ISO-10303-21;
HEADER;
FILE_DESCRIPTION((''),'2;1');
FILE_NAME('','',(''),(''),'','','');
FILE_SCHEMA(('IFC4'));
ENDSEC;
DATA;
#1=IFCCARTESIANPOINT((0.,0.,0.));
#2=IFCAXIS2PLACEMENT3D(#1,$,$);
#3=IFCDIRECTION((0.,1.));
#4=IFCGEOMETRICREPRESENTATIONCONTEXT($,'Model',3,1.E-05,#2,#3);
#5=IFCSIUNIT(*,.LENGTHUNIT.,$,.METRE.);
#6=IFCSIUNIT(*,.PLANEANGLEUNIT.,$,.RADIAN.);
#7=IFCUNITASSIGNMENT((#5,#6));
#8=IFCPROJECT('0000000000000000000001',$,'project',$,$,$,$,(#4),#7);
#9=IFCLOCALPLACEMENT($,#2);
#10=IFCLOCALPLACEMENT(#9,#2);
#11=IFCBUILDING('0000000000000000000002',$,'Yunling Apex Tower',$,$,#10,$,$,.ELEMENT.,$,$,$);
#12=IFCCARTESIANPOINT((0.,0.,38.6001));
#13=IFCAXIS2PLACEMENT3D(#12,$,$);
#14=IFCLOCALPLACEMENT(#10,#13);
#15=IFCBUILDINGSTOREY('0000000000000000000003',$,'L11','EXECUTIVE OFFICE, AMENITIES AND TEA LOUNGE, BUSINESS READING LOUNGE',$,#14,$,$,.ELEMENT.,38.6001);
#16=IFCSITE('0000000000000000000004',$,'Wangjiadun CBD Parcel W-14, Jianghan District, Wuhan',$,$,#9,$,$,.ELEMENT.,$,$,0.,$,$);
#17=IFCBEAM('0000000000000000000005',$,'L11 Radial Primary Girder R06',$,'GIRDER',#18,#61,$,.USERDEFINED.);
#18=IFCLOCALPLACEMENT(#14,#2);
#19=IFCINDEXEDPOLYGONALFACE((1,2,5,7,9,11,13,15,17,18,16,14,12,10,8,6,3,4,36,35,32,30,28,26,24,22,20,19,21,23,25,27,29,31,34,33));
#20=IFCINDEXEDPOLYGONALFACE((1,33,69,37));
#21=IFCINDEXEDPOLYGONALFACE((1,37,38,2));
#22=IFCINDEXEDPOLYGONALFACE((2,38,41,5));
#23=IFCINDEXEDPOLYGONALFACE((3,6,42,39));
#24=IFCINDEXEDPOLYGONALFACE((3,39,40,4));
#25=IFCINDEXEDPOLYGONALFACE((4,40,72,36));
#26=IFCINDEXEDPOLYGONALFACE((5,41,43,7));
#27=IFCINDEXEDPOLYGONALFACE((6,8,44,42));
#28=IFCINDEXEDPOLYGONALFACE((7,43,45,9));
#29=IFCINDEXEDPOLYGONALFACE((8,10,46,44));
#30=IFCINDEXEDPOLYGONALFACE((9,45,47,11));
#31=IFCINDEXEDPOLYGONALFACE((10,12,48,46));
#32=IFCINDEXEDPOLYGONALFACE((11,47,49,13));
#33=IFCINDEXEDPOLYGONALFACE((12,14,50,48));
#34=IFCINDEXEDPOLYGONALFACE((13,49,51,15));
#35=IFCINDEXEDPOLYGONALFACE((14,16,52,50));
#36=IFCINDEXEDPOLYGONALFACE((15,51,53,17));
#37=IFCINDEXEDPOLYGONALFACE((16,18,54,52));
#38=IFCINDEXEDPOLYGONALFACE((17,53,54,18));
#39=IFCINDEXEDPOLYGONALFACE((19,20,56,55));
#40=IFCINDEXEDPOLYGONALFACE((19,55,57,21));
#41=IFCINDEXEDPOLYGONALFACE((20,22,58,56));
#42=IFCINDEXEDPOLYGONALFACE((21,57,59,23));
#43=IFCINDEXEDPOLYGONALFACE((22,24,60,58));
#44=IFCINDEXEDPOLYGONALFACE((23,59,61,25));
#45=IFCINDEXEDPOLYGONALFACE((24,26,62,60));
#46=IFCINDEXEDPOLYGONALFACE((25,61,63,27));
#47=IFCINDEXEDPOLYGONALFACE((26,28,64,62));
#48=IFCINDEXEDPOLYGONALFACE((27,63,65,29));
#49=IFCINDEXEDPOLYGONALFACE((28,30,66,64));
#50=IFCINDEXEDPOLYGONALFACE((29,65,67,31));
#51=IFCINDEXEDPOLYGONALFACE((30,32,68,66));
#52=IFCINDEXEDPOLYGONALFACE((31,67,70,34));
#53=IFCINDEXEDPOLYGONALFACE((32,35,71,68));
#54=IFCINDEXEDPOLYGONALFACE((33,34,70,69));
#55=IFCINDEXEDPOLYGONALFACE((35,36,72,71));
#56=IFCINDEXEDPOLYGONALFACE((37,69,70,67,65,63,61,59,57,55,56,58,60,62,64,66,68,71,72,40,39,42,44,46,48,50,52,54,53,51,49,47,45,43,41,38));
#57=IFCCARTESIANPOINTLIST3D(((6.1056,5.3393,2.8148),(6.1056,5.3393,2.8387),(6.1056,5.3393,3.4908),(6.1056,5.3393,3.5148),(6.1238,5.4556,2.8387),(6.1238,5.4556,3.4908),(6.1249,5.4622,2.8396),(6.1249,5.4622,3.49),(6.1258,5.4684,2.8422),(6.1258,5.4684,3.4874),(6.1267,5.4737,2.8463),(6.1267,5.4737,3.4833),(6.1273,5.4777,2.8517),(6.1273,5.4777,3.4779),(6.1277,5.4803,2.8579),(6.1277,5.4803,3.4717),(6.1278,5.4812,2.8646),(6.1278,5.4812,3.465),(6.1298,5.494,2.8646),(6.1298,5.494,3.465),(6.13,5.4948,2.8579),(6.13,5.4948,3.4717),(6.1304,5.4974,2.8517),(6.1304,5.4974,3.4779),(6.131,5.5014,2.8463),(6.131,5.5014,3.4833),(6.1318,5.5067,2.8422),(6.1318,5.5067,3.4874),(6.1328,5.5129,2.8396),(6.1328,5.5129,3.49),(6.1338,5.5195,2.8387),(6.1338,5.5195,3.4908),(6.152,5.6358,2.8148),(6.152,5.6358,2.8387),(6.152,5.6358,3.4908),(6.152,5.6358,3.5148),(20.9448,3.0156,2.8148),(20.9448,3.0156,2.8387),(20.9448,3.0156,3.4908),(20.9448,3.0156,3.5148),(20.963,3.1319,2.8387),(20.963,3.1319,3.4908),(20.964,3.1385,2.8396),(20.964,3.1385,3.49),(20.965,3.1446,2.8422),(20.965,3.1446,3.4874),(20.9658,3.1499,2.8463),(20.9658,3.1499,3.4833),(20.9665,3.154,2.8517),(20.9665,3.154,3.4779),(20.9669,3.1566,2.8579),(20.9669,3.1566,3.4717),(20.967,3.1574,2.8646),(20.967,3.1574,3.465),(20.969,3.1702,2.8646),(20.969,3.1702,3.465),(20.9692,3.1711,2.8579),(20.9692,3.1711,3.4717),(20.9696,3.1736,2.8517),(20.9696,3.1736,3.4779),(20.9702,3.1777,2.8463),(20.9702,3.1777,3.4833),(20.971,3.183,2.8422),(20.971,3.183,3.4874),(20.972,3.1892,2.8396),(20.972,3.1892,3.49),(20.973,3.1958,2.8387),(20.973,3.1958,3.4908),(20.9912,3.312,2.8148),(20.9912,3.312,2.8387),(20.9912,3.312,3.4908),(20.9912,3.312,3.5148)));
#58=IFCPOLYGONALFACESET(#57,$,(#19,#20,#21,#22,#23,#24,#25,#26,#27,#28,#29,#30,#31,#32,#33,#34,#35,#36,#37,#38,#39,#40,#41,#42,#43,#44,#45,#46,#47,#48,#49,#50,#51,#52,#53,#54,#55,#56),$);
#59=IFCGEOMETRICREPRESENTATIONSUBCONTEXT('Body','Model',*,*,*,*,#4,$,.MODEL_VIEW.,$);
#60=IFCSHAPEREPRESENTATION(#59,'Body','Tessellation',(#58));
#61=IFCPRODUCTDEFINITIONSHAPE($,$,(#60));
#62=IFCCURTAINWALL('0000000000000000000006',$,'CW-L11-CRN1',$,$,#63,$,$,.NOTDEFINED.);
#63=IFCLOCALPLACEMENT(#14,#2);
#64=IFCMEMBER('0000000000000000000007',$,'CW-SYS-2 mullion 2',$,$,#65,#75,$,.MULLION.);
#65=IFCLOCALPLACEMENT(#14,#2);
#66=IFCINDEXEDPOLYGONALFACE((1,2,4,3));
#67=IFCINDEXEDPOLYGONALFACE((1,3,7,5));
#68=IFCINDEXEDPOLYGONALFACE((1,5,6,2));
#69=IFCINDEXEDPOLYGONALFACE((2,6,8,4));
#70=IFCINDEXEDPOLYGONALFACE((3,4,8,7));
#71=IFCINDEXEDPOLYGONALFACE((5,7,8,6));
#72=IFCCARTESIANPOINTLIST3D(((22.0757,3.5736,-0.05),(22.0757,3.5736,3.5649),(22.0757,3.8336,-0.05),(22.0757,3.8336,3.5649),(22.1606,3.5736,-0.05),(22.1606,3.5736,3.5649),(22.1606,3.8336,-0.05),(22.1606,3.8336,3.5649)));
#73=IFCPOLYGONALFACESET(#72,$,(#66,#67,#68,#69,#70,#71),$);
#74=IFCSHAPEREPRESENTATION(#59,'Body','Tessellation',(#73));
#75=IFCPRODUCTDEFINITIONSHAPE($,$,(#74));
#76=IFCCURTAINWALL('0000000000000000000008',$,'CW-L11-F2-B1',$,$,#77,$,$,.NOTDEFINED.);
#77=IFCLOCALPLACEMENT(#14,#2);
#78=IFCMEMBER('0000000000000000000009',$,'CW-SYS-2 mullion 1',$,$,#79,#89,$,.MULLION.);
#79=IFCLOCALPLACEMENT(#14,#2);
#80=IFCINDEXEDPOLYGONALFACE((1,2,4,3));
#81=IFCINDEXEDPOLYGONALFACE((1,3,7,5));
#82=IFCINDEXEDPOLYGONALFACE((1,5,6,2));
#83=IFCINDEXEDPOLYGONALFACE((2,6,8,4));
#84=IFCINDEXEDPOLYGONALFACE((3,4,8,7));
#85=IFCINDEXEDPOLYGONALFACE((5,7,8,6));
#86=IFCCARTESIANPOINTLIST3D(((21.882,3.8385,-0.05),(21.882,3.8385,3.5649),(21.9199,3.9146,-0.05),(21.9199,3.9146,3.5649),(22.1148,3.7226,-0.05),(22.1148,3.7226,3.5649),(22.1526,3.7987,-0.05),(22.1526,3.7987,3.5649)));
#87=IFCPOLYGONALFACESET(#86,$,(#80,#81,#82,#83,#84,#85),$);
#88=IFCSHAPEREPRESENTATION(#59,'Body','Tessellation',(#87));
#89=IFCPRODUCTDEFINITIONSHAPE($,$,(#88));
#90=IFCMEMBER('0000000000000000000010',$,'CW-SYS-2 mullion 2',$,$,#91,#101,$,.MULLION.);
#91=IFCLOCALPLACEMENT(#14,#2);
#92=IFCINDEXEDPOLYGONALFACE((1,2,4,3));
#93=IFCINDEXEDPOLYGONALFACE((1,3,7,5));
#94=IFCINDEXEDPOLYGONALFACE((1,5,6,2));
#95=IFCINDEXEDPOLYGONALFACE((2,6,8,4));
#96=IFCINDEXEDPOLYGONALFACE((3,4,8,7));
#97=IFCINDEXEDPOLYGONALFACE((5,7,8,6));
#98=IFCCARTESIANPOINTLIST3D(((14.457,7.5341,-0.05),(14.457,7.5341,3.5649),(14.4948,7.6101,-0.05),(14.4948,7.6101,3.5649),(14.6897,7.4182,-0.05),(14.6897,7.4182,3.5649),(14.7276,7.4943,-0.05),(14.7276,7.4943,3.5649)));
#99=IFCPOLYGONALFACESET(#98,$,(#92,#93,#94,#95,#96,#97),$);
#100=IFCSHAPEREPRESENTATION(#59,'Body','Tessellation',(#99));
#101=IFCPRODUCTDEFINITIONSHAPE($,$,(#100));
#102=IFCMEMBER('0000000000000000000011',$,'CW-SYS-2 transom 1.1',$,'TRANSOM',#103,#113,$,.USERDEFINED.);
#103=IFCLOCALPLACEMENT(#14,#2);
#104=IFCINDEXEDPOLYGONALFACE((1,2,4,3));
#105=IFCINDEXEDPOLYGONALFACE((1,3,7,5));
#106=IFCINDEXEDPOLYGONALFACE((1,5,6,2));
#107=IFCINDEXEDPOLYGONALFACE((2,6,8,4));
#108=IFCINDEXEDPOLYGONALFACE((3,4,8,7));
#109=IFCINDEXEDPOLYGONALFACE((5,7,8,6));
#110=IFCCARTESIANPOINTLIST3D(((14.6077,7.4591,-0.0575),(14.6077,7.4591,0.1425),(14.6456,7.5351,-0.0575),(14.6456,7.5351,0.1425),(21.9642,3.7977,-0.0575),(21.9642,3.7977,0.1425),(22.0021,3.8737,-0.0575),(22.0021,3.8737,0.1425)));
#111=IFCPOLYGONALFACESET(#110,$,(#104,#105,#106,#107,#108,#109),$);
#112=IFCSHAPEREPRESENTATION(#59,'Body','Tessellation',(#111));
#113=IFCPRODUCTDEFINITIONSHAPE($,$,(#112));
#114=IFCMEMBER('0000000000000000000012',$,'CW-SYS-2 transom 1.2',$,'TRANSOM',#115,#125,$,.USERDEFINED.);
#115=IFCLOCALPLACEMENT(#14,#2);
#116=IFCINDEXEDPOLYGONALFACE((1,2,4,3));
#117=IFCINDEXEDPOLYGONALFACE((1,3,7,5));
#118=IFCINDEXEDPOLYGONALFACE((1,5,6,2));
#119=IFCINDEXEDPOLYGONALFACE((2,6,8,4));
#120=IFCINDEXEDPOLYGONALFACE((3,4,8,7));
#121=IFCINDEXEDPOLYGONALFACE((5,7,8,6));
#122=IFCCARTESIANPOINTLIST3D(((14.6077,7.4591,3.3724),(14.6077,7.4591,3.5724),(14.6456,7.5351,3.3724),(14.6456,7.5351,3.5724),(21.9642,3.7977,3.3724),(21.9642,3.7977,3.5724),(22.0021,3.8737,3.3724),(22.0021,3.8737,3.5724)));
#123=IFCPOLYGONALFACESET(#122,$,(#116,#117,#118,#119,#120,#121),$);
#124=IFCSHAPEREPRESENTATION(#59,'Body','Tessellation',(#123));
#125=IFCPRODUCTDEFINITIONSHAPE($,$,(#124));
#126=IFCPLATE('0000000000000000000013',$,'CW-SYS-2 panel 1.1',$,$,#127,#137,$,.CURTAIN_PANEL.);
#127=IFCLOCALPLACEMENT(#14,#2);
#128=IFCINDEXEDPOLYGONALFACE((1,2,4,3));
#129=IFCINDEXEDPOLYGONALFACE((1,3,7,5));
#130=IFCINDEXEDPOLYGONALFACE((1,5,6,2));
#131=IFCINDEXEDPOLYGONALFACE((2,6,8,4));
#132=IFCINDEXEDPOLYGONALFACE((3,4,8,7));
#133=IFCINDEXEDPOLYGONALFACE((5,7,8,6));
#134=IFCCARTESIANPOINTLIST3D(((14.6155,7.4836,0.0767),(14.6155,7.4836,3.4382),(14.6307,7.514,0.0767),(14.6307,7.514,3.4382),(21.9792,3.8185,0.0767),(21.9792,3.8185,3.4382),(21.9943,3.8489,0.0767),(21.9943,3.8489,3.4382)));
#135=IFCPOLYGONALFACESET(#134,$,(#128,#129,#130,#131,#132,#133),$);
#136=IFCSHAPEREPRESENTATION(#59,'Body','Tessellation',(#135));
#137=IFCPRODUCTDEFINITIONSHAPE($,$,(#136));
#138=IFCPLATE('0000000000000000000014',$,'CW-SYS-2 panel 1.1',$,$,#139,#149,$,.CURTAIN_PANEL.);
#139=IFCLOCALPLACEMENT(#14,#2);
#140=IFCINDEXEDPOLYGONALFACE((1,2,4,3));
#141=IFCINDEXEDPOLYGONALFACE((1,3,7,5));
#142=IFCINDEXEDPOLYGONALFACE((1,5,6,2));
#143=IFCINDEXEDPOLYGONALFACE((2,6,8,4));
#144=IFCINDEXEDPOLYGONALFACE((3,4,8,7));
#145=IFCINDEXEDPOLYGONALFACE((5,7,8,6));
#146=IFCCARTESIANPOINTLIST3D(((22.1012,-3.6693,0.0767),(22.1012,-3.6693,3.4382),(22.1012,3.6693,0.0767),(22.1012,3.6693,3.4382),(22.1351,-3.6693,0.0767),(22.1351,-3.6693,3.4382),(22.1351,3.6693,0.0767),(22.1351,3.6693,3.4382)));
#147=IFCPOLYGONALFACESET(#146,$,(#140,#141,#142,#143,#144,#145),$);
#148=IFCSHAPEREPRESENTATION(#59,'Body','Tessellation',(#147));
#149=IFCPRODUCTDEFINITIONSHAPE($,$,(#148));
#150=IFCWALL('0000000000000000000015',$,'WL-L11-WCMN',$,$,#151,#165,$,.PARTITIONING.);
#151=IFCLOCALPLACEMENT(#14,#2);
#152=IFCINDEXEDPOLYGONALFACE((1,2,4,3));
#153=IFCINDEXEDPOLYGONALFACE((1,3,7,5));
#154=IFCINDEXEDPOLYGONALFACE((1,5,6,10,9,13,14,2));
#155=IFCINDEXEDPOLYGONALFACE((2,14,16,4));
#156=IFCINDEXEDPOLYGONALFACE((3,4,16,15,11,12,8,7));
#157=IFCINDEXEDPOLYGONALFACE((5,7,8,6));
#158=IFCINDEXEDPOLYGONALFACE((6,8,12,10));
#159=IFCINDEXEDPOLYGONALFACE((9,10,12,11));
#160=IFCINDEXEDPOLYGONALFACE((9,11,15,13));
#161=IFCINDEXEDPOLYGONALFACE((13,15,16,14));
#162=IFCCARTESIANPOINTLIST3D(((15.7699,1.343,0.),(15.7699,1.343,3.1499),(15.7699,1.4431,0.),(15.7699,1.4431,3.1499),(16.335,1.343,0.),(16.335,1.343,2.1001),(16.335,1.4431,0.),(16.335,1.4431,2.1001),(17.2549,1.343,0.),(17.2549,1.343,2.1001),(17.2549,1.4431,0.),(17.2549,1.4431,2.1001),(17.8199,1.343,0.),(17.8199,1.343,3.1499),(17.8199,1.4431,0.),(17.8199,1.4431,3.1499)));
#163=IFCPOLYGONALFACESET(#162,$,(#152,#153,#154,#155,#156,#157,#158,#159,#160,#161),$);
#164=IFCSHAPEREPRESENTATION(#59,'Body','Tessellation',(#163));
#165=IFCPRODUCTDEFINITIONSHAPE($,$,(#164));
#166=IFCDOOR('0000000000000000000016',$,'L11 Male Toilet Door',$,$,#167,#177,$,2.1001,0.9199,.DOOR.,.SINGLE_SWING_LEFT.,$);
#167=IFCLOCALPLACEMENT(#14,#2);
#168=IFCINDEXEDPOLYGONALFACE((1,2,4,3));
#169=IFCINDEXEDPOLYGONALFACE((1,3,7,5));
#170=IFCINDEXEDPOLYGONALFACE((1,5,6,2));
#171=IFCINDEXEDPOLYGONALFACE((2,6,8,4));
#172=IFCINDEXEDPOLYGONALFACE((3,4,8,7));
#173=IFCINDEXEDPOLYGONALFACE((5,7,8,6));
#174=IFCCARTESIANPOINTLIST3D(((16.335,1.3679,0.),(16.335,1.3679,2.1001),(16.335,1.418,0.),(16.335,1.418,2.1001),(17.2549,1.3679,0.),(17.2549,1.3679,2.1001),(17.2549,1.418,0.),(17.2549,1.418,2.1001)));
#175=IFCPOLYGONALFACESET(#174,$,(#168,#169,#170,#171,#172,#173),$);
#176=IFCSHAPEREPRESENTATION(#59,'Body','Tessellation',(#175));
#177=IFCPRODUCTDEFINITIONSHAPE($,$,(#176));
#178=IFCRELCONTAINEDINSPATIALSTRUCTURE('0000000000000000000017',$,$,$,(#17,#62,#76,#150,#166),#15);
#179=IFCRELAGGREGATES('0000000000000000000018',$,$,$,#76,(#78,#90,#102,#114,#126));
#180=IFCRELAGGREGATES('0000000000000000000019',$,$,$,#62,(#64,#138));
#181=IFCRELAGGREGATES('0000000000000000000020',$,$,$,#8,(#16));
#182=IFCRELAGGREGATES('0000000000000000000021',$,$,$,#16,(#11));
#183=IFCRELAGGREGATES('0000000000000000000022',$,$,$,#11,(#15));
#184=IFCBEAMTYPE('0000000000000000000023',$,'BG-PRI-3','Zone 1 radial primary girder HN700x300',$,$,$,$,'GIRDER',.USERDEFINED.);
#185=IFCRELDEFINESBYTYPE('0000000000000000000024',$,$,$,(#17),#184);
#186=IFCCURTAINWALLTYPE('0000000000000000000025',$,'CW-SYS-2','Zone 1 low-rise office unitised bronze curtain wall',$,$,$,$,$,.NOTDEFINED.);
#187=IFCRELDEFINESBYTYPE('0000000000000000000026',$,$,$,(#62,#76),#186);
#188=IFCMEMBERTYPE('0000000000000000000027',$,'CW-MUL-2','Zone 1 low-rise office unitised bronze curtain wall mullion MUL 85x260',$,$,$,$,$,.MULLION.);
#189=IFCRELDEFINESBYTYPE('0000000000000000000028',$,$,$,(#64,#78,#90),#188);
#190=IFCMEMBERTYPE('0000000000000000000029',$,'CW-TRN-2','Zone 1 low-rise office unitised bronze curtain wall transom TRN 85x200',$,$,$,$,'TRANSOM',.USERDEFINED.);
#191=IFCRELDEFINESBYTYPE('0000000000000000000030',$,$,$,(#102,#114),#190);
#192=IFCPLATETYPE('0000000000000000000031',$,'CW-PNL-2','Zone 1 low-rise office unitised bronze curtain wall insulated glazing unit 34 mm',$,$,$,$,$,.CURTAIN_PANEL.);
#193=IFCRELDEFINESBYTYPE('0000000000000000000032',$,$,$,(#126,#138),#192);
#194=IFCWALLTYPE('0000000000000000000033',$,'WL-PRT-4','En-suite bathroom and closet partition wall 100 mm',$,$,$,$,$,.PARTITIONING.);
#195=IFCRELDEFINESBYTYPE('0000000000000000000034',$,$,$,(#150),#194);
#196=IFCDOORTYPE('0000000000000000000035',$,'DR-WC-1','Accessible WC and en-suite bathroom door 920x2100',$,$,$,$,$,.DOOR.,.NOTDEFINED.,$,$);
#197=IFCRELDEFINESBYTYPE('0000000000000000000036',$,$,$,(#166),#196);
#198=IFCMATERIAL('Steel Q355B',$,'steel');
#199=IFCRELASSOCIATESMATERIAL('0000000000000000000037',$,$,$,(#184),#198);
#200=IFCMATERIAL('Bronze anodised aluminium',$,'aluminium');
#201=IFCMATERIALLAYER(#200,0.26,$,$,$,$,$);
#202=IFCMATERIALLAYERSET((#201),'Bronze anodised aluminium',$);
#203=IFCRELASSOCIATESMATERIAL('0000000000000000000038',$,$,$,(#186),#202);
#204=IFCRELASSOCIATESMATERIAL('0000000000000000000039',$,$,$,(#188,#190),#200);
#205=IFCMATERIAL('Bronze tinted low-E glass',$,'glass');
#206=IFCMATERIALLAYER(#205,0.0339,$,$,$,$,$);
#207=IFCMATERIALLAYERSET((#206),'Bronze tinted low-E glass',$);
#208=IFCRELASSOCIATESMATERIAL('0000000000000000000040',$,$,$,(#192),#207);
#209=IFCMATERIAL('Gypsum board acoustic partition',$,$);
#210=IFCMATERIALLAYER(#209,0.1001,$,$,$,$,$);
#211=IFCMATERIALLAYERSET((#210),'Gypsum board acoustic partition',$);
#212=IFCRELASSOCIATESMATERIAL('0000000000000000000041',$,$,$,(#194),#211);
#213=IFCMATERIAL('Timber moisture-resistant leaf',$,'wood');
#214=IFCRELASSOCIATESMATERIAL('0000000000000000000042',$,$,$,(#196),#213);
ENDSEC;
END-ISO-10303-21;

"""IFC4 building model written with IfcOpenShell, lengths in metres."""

from ifc_helpers import new_model, si_unit, direction, frame, frame_2d, origin, origin_2d, place, context, subcontext, project, spatial, rectangle, i_section, extrude, source, transform, mapped, material, layer, layer_set, material_profile, profile_set, type_object, element, fill, aggregate, save


model = new_model("IFC4")

# Units and contexts
model_context = context("Model", 3, precision=1e-05, world=origin(), true_north=direction((0.0, 1.0)))
body_context = subcontext(model_context, "Body", "Model", "MODEL_VIEW")
ifc_project = project(units=[si_unit("LENGTHUNIT", "METRE"), si_unit("PLANEANGLEUNIT", "RADIAN")], contexts=[model_context])

# Site, building, storey
site_placement = place(None, origin())
site = spatial("IfcSite", under=ifc_project, at=site_placement, Name="Wangjiadun CBD Parcel W-14, Jianghan District, Wuhan", CompositionType="ELEMENT", RefElevation=0.0)
building_placement = place(site_placement, origin())
building = spatial("IfcBuilding", under=site, at=building_placement, Name="Yunling Apex Tower", CompositionType="ELEMENT")
storey_placement = place(building_placement, frame((0.0, 0.0, 38.6001)))
storey = spatial("IfcBuildingStorey", under=building, at=storey_placement, Name="L11", Description="EXECUTIVE OFFICE, AMENITIES AND TEA LOUNGE, BUSINESS READING LOUNGE", CompositionType="ELEMENT", Elevation=38.6001)

# Beam
ifc_material_1 = material(Name="Steel Q355B", Category="steel")
ifc_material_profile_1 = material_profile(ifc_material_1, i_section(OverallWidth=0.3, OverallDepth=0.7, WebThickness=0.0129, FlangeThickness=0.0239, FilletRadius=0.0259, at=origin_2d()))
ifc_profile_set_1 = profile_set([ifc_material_profile_1], Name="Steel Q355B")
beam_type_1 = type_object("IfcBeamType", Name="BG-PRI-3", Description="Zone 1 radial primary girder HN700x300", ElementType="GIRDER", PredefinedType="USERDEFINED", material=ifc_profile_set_1)
shared_shape_1 = source(origin(), body_context, "Body", "SweptSolid", [
    extrude(i_section(OverallWidth=0.3, OverallDepth=0.7, WebThickness=0.0129, FlangeThickness=0.0239, FilletRadius=0.0259, at=origin_2d()), origin(), (0.0, 0.0, 1.0), 15.02),
])
beam_1_placement = place(storey_placement, frame((20.968, 3.1638, 3.1648), z_axis=(-0.98796, 0.15471, 0.0), x_axis=(-0.15471, -0.98796, 0.0)))
element("IfcBeam", 1, at=beam_1_placement, inside=storey, type_object=beam_type_1, Name="L11 Radial Primary Girder R06", ObjectType="GIRDER", PredefinedType="USERDEFINED", context=body_context, shape_type="MappedRepresentation", body=[
    mapped(shared_shape_1, transform((0.0, 0.0, 0.0), scale=1.0)),
])

# Curtain wall, member
ifc_material_2 = material(Name="Bronze anodised aluminium", Category="aluminium")
ifc_layer_1 = layer(ifc_material_2, 0.26)
ifc_layer_set_1 = layer_set([ifc_layer_1], Name="Bronze anodised aluminium")
curtain_wall_type = type_object("IfcCurtainWallType", Name="CW-SYS-2", Description="Zone 1 low-rise office unitised bronze curtain wall", PredefinedType="NOTDEFINED", material=ifc_layer_set_1)
curtain_wall_1_placement = place(storey_placement, origin())
curtain_wall_1 = element("IfcCurtainWall", 2, at=curtain_wall_1_placement, inside=storey, type_object=curtain_wall_type, Name="CW-L11-CRN1", PredefinedType="NOTDEFINED")
ifc_material_profile_2 = material_profile(ifc_material_2, rectangle(XDim=0.085, YDim=0.26, at=origin_2d()))
ifc_profile_set_2 = profile_set([ifc_material_profile_2], Name="Bronze anodised aluminium")
member_type_1 = type_object("IfcMemberType", Name="CW-MUL-2", Description="Zone 1 low-rise office unitised bronze curtain wall mullion MUL 85x260", PredefinedType="MULLION", material=ifc_profile_set_2)
shared_shape_2 = source(origin(), body_context, "Body", "SweptSolid", [
    extrude(rectangle(XDim=0.085, YDim=0.26, at=origin_2d()), origin(), (0.0, 0.0, 1.0), 3.615),
])
member_1_placement = place(storey_placement, frame((22.1182, 3.7036, -0.05), z_axis=(0.0, 0.0, 1.0), x_axis=(-1.0, 0.0, 0.0)))
member_1 = element("IfcMember", 3, at=member_1_placement, type_object=member_type_1, Name="CW-SYS-2 mullion 2", PredefinedType="MULLION", context=body_context, shape_type="MappedRepresentation", body=[
    mapped(shared_shape_2, transform((0.0, 0.0, 0.0), scale=1.0)),
])

# Curtain wall, members, plate
curtain_wall_2_placement = place(storey_placement, origin())
curtain_wall_2 = element("IfcCurtainWall", 4, at=curtain_wall_2_placement, inside=storey, type_object=curtain_wall_type, Name="CW-L11-F2-B1", PredefinedType="NOTDEFINED")
member_2_placement = place(storey_placement, frame((22.0173, 3.8186, -0.05), z_axis=(0.0, 0.0, 1.0), x_axis=(-0.44558, -0.895242, 0.0)))
member_2 = element("IfcMember", 5, at=member_2_placement, type_object=member_type_1, Name="CW-SYS-2 mullion 1", PredefinedType="MULLION", context=body_context, shape_type="MappedRepresentation", body=[
    mapped(shared_shape_2, transform((0.0, 0.0, 0.0), scale=1.0)),
])
member_3_placement = place(storey_placement, frame((14.5923, 7.5142, -0.05), z_axis=(0.0, 0.0, 1.0), x_axis=(-0.44558, -0.895242, 0.0)))
member_3 = element("IfcMember", 6, at=member_3_placement, type_object=member_type_1, Name="CW-SYS-2 mullion 2", PredefinedType="MULLION", context=body_context, shape_type="MappedRepresentation", body=[
    mapped(shared_shape_2, transform((0.0, 0.0, 0.0), scale=1.0)),
])
ifc_material_profile_3 = material_profile(ifc_material_2, rectangle(XDim=0.085, YDim=0.2, at=origin_2d()))
ifc_profile_set_3 = profile_set([ifc_material_profile_3], Name="Bronze anodised aluminium")
member_type_2 = type_object("IfcMemberType", Name="CW-TRN-2", Description="Zone 1 low-rise office unitised bronze curtain wall transom TRN 85x200", ElementType="TRANSOM", PredefinedType="USERDEFINED", material=ifc_profile_set_3)
shared_shape_3 = source(origin(), body_context, "Body", "SweptSolid", [
    extrude(rectangle(XDim=0.085, YDim=0.2, at=origin_2d()), origin(), (0.0, 0.0, 1.0), 8.2173),
])
member_4_placement = place(storey_placement, frame((21.9832, 3.8357, 0.0425), z_axis=(-0.895246, 0.445573, 0.0), x_axis=(-0.445573, -0.895246, 0.0)))
member_4 = element("IfcMember", 7, at=member_4_placement, type_object=member_type_2, Name="CW-SYS-2 transom 1.1", ObjectType="TRANSOM", PredefinedType="USERDEFINED", context=body_context, shape_type="MappedRepresentation", body=[
    mapped(shared_shape_3, transform((0.0, 0.0, 0.0), scale=1.0)),
])
member_5_placement = place(storey_placement, frame((21.9832, 3.8357, 3.4724), z_axis=(-0.895246, 0.445573, 0.0), x_axis=(-0.445573, -0.895246, 0.0)))
member_5 = element("IfcMember", 8, at=member_5_placement, type_object=member_type_2, Name="CW-SYS-2 transom 1.2", ObjectType="TRANSOM", PredefinedType="USERDEFINED", context=body_context, shape_type="MappedRepresentation", body=[
    mapped(shared_shape_3, transform((0.0, 0.0, 0.0), scale=1.0)),
])
ifc_material_3 = material(Name="Bronze tinted low-E glass", Category="glass")
ifc_layer_2 = layer(ifc_material_3, 0.0339)
ifc_layer_set_2 = layer_set([ifc_layer_2], Name="Bronze tinted low-E glass")
plate_type = type_object("IfcPlateType", Name="CW-PNL-2", Description="Zone 1 low-rise office unitised bronze curtain wall insulated glazing unit 34 mm", PredefinedType="CURTAIN_PANEL", material=ifc_layer_set_2)
shared_shape_4 = source(origin(), body_context, "Body", "SweptSolid", [
    extrude(rectangle(XDim=8.2253, YDim=0.0339, at=origin_2d()), origin(), (0.0, 0.0, 1.0), 3.3616),
])
plate_1_placement = place(storey_placement, frame((18.3049, 5.6663, 0.0767), z_axis=(0.0, 0.0, 1.0), x_axis=(-0.895242, 0.44558, 0.0)))
plate_1 = element("IfcPlate", 9, at=plate_1_placement, type_object=plate_type, Name="CW-SYS-2 panel 1.1", PredefinedType="CURTAIN_PANEL", context=body_context, shape_type="MappedRepresentation", body=[
    mapped(shared_shape_4, transform((0.0, 0.0, 0.0), scale=1.0)),
])
aggregate(curtain_wall_2, [member_2, member_3, member_4, member_5, plate_1])

# Plate
shared_shape_5 = source(origin(), body_context, "Body", "SweptSolid", [
    extrude(rectangle(XDim=7.3386, YDim=0.0339, at=origin_2d()), origin(), (0.0, 0.0, 1.0), 3.3616),
])
plate_2_placement = place(storey_placement, frame((22.1182, 0.0, 0.0767), z_axis=(0.0, 0.0, 1.0), x_axis=(0.0, 1.0, 0.0)))
plate_2 = element("IfcPlate", 10, at=plate_2_placement, type_object=plate_type, Name="CW-SYS-2 panel 1.1", PredefinedType="CURTAIN_PANEL", context=body_context, shape_type="MappedRepresentation", body=[
    mapped(shared_shape_5, transform((0.0, 0.0, 0.0), scale=1.0)),
])
aggregate(curtain_wall_1, [member_1, plate_2])

# Wall, opening, door
ifc_material_4 = material(Name="Gypsum board acoustic partition")
ifc_layer_3 = layer(ifc_material_4, 0.1001)
ifc_layer_set_3 = layer_set([ifc_layer_3], Name="Gypsum board acoustic partition")
wall_type = type_object("IfcWallType", Name="WL-PRT-4", Description="En-suite bathroom and closet partition wall 100 mm", PredefinedType="PARTITIONING", material=ifc_layer_set_3)
wall_1_placement = place(storey_placement, frame((15.77, 1.3931, 0.0), z_axis=(0.0, 0.0, 1.0), x_axis=(1.0, 0.0, 0.0)))
wall_1 = element("IfcWall", 11, at=wall_1_placement, inside=storey, type_object=wall_type, Name="WL-L11-WCMN", PredefinedType="PARTITIONING", context=body_context, shape_type="SweptSolid", body=[
    extrude(rectangle(XDim=2.05, YDim=0.1001, at=frame_2d((1.0249, 0.0))), origin(), (0.0, 0.0, 1.0), 3.1499),
])
opening_1_placement = place(wall_1_placement, frame((0.5649, 0.0, 0.0)))
opening_1 = element("IfcOpeningElement", 12, at=opening_1_placement, cuts=wall_1, PredefinedType="OPENING", context=body_context, shape_type="SweptSolid", body=[
    extrude(rectangle(XDim=0.9199, YDim=2.1001, at=frame_2d((0.46, 1.05))), frame((0.0, 0.0601, 0.0), z_axis=(0.0, -1.0, 0.0), x_axis=(1.0, 0.0, 0.0)), (0.0, 0.0, 1.0), 0.1201),
])
ifc_material_5 = material(Name="Timber moisture-resistant leaf", Category="wood")
door_type = type_object("IfcDoorType", Name="DR-WC-1", Description="Accessible WC and en-suite bathroom door 920x2100", OperationType="NOTDEFINED", PredefinedType="DOOR", material=ifc_material_5)
door_1_placement = place(opening_1_placement, origin())
door_1 = element("IfcDoor", 13, at=door_1_placement, inside=storey, type_object=door_type, Name="L11 Male Toilet Door", OperationType="SINGLE_SWING_LEFT", OverallHeight=2.1001, OverallWidth=0.9199, PredefinedType="DOOR", context=body_context, shape_type="SweptSolid", body=[
    extrude(rectangle(XDim=0.9199, YDim=2.1001, at=frame_2d((0.46, 1.05))), frame((0.0, 0.0249, 0.0), z_axis=(0.0, -1.0, 0.0), x_axis=(1.0, 0.0, 0.0)), (0.0, 0.0, 1.0), 0.05),
])
fill(opening_1, door_1)

save(model, "model.ifc")
